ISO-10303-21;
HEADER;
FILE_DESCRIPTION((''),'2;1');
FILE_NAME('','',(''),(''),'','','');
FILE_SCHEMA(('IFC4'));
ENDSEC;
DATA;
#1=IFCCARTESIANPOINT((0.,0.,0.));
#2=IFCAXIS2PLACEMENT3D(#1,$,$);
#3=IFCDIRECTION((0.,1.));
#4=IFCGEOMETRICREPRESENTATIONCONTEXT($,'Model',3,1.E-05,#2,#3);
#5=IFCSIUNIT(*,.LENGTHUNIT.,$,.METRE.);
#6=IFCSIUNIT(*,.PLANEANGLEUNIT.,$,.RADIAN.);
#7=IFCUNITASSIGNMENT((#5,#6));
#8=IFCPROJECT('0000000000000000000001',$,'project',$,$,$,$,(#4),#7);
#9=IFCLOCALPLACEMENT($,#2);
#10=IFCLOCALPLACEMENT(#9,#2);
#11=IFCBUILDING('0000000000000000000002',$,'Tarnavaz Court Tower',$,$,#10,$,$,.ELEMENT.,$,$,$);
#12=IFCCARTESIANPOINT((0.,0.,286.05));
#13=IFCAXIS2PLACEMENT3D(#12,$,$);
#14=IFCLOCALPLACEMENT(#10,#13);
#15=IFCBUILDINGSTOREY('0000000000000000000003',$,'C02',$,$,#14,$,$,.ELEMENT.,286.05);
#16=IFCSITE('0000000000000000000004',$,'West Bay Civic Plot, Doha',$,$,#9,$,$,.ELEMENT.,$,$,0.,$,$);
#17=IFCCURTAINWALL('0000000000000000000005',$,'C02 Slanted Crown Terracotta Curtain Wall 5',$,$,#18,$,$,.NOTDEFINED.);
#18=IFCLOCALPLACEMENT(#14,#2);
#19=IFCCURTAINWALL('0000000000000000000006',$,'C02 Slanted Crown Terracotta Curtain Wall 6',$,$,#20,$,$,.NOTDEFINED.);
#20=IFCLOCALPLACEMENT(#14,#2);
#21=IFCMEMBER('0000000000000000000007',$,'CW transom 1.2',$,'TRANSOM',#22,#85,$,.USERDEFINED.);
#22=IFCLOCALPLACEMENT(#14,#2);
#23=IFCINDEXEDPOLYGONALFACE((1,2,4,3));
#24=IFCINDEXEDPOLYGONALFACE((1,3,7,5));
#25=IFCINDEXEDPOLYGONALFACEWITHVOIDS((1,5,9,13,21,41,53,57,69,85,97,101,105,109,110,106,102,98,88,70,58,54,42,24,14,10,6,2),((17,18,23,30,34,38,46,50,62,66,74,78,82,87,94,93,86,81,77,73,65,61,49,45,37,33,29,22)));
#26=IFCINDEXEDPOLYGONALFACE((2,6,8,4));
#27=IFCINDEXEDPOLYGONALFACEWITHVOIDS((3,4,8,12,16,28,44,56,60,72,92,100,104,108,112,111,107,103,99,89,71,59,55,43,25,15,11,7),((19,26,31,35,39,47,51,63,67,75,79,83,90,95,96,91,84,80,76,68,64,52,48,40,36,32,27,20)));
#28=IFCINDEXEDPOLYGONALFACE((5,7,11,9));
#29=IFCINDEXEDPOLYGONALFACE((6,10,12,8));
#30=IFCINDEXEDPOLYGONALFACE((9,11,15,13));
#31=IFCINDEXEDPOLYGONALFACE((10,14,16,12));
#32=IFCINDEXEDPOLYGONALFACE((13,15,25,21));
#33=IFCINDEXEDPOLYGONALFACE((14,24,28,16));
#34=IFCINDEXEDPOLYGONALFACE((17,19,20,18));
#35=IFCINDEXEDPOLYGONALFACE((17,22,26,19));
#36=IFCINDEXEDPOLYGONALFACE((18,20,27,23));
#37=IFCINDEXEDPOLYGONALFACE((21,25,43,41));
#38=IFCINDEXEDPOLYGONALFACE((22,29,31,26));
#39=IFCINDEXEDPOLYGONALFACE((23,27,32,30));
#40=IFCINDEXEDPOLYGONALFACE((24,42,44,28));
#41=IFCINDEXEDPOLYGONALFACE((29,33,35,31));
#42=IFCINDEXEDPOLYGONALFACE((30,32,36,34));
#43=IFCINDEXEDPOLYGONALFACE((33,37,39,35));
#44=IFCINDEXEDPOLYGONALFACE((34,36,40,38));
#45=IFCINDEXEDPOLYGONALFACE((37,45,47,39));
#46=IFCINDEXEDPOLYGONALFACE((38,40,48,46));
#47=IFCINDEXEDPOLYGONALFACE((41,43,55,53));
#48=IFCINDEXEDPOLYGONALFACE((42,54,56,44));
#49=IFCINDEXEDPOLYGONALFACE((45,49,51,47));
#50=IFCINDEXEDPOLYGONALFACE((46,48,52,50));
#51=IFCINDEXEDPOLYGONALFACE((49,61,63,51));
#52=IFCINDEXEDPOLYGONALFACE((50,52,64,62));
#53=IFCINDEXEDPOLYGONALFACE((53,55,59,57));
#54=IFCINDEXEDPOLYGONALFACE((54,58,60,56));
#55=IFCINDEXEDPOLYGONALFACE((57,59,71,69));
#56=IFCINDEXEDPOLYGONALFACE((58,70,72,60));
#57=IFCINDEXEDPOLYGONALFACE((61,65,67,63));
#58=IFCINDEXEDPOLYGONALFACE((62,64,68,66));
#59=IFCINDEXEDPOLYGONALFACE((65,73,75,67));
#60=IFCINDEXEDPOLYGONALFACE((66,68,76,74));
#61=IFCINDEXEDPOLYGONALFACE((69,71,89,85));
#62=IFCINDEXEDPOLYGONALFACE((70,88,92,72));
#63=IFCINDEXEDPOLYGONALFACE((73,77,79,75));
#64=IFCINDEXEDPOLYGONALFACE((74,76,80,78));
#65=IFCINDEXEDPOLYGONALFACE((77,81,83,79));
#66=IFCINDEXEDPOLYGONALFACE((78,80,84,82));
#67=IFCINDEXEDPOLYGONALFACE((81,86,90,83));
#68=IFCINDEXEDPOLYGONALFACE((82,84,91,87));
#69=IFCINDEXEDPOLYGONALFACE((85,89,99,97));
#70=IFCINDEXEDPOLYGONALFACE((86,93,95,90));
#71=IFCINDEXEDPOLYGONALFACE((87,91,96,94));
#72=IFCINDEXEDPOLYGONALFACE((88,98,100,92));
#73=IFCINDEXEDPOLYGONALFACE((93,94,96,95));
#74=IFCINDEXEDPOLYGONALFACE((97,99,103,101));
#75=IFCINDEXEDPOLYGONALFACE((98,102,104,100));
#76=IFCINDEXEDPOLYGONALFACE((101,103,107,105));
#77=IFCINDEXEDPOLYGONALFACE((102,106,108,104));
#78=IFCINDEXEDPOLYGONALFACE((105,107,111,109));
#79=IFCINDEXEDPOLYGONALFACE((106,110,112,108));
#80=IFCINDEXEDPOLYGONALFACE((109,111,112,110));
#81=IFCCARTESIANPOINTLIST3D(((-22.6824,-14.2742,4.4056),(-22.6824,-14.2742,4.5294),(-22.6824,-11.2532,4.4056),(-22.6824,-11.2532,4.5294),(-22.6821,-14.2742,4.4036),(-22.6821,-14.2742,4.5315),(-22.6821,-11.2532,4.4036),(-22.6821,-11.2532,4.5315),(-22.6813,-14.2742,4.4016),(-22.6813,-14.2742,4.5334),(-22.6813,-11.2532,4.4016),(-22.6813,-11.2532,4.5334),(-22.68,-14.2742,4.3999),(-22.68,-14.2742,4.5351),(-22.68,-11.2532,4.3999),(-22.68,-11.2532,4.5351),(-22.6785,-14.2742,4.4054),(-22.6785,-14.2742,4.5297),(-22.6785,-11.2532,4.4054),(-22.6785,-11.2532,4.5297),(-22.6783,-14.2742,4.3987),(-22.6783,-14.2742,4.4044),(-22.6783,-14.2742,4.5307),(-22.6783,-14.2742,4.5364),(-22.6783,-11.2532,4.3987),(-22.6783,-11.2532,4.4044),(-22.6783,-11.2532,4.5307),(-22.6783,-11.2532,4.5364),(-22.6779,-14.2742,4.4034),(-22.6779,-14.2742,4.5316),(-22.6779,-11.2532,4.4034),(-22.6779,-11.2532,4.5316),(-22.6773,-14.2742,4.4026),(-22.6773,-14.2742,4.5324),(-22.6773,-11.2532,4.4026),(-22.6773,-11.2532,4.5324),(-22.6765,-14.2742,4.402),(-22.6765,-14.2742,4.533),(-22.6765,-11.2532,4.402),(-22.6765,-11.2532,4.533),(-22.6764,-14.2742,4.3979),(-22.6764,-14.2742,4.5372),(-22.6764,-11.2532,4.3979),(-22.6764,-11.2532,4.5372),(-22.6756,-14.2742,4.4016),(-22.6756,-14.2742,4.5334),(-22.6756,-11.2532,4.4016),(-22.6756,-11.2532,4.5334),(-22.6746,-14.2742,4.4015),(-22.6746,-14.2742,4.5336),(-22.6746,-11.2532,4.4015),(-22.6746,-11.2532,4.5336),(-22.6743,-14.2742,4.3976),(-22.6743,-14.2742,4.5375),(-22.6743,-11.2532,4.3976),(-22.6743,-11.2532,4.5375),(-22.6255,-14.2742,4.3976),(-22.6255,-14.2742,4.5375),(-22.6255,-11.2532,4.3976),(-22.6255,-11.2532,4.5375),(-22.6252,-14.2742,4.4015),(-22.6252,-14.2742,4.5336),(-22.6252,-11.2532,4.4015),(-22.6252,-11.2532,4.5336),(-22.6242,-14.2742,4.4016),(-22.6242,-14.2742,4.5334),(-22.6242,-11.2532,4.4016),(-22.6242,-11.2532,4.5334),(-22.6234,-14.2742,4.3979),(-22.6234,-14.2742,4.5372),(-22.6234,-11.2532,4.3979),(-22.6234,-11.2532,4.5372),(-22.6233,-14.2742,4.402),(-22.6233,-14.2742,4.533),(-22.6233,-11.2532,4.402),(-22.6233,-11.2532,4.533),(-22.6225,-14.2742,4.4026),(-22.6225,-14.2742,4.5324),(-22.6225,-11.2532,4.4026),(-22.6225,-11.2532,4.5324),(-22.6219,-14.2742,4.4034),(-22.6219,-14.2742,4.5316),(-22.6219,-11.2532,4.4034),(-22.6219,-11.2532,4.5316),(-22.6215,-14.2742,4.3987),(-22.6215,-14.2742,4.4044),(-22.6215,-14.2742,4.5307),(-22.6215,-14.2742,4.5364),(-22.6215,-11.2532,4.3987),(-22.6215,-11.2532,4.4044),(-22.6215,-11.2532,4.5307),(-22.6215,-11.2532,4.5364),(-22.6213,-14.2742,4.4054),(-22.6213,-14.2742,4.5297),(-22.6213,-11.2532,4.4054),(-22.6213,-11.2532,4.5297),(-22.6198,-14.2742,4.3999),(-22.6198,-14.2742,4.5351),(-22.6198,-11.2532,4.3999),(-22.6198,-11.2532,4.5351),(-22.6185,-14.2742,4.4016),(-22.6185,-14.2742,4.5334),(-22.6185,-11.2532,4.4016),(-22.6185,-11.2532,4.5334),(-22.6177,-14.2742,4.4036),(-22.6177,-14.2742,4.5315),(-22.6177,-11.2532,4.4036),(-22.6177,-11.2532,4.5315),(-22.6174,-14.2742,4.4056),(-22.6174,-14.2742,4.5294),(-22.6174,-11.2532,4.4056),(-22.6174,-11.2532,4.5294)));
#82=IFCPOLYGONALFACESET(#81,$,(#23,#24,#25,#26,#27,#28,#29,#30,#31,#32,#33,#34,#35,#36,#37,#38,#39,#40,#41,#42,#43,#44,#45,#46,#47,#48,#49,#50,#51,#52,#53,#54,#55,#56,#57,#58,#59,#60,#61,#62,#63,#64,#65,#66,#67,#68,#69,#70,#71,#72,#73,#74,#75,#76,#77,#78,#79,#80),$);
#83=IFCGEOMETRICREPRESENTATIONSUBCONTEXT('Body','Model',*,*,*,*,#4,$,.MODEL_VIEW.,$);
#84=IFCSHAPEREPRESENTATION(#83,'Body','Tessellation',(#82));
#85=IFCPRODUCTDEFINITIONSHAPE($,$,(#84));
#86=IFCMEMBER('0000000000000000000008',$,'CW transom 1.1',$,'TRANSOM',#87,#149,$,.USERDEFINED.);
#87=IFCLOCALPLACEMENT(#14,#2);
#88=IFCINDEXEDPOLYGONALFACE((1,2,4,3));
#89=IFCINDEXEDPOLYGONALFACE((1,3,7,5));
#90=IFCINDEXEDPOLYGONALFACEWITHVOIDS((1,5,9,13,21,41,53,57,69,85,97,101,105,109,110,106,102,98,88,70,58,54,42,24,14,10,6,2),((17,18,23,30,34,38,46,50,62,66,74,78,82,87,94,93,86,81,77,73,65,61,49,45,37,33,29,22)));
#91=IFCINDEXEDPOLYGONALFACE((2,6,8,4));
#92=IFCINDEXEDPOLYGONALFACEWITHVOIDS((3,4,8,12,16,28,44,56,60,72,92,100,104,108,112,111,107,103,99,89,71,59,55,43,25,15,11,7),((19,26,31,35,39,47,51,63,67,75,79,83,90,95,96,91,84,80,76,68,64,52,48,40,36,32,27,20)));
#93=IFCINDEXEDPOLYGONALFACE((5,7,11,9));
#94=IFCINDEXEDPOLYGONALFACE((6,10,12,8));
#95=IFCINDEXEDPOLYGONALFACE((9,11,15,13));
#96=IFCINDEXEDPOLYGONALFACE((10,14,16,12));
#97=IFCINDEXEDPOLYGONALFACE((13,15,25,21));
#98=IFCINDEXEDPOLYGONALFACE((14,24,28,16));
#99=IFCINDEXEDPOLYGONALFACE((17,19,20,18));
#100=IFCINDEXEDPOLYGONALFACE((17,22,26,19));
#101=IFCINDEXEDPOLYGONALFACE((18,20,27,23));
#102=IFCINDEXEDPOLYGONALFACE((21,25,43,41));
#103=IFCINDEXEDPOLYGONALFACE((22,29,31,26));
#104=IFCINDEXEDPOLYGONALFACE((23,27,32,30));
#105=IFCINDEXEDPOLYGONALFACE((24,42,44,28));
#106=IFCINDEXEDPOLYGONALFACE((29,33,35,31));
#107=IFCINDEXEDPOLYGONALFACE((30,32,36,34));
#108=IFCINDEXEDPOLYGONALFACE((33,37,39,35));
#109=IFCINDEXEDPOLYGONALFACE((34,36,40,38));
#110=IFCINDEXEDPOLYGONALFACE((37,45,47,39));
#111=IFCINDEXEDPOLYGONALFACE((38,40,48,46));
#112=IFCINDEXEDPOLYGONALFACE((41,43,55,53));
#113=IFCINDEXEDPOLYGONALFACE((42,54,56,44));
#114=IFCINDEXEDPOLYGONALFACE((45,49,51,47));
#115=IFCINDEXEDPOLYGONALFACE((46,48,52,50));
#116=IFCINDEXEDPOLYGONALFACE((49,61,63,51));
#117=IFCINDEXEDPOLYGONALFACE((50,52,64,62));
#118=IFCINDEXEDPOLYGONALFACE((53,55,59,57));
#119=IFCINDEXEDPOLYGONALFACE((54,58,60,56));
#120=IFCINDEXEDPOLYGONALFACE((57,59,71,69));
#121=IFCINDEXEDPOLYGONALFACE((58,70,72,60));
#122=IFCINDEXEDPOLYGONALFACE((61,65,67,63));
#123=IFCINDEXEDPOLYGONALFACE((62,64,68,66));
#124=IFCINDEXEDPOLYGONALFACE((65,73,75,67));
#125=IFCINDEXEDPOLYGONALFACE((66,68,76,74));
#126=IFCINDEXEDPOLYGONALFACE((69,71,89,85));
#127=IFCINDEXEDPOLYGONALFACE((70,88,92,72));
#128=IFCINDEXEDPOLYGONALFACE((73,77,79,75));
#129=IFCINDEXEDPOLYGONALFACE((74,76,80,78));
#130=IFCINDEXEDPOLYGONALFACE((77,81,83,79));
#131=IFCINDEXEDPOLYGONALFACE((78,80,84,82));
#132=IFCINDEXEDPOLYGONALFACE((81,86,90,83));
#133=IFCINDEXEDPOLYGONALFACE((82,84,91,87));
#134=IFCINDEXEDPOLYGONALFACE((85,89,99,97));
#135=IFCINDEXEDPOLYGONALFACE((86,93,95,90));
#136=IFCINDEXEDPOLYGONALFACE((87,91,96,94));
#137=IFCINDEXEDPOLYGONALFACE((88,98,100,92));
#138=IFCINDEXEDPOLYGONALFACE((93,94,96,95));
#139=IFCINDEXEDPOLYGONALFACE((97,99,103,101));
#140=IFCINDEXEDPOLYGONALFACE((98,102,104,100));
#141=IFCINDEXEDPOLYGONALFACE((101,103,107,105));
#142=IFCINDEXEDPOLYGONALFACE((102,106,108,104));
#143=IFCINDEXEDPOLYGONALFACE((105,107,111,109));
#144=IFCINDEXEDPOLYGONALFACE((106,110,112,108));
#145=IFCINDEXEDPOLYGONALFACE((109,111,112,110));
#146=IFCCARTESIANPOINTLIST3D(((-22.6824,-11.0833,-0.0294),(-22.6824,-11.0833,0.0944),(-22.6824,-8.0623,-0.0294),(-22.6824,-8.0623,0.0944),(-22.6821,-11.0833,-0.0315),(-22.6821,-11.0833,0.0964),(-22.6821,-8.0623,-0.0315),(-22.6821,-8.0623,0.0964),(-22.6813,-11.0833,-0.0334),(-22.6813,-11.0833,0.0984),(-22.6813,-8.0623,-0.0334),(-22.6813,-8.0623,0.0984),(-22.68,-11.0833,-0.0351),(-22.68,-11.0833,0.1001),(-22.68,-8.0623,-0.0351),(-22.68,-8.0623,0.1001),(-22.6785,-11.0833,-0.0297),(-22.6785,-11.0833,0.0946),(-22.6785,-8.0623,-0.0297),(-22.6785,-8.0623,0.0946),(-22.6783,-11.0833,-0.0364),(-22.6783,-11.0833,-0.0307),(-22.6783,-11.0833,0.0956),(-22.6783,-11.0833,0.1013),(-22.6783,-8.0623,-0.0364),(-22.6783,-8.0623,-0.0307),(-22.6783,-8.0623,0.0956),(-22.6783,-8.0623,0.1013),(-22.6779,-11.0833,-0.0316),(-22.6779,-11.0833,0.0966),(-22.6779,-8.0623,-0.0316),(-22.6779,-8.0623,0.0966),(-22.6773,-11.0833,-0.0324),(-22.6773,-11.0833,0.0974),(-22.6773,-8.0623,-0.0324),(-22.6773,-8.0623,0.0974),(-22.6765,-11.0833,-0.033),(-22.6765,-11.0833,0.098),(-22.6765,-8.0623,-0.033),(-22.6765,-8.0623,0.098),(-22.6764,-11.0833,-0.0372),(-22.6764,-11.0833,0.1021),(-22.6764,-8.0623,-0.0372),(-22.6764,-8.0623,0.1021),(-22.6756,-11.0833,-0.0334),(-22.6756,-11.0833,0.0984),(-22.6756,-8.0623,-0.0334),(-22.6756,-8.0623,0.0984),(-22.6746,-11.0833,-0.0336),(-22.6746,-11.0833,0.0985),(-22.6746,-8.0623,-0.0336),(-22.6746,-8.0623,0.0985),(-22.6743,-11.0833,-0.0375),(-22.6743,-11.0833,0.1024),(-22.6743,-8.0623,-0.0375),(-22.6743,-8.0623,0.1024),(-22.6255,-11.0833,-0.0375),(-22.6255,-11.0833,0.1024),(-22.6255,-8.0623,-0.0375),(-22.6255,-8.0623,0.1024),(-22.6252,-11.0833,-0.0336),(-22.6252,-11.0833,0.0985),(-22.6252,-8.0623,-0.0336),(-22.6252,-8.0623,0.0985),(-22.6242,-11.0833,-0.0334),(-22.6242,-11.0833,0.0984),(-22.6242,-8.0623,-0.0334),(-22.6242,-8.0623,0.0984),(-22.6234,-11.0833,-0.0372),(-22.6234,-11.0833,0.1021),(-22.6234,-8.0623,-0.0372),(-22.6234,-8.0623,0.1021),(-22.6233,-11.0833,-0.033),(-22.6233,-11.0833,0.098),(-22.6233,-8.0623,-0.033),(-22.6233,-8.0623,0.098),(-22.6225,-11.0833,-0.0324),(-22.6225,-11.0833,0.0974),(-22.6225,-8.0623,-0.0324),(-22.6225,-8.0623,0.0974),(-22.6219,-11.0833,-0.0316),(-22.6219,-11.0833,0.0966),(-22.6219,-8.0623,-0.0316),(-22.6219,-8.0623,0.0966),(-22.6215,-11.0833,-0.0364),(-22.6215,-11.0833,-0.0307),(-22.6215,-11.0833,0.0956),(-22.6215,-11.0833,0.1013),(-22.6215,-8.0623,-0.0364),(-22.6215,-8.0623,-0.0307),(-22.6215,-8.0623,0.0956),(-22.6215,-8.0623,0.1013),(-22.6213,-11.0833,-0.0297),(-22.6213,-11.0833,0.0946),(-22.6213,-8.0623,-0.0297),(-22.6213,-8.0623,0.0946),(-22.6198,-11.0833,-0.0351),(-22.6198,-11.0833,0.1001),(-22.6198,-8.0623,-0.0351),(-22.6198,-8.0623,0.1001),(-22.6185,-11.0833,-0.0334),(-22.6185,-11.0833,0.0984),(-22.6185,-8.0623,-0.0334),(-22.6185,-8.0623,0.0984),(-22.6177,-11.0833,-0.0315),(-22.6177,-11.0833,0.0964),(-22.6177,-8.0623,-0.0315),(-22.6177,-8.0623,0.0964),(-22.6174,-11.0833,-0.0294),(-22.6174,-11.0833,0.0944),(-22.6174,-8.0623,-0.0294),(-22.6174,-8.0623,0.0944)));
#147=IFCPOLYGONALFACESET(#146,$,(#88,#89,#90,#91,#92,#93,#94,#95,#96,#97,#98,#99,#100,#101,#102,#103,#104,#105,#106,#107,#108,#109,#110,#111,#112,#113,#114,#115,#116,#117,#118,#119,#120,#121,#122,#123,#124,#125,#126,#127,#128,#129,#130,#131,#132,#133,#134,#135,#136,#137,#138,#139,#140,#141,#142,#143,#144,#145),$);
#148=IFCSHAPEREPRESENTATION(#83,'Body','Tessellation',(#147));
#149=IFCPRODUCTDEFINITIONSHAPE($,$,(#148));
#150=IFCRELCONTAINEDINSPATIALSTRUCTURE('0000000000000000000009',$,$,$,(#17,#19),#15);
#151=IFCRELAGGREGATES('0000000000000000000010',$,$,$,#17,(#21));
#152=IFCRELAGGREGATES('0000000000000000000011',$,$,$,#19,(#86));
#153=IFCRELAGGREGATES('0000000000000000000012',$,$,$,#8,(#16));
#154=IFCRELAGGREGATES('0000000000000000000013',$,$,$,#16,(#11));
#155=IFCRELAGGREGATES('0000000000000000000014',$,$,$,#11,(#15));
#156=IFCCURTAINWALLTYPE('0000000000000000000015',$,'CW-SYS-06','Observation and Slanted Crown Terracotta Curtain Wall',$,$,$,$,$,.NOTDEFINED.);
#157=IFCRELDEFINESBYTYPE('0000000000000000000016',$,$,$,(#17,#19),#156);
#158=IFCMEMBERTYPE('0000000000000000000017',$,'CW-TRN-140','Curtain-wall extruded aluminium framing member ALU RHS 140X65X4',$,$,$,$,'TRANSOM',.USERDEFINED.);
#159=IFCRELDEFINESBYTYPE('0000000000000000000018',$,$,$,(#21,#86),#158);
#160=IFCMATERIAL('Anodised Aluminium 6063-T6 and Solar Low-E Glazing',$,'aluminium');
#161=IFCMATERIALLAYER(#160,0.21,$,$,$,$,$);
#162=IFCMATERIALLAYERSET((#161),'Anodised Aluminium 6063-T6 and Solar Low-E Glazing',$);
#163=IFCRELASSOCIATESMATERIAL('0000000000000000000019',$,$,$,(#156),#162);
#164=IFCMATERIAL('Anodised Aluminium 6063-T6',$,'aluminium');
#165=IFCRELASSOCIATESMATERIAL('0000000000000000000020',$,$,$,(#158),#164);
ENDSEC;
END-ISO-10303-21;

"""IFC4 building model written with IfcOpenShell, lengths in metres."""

from ifc_helpers import new_model, si_unit, direction, frame, origin, origin_2d, place, context, subcontext, project, spatial, hollow_rectangle, extrude, material, layer, layer_set, material_profile, profile_set, type_object, element, aggregate, save


model = new_model("IFC4")

# Units and contexts
model_context = context("Model", 3, precision=1e-05, world=origin(), true_north=direction((0.0, 1.0)))
body_context = subcontext(model_context, "Body", "Model", "MODEL_VIEW")
ifc_project = project(units=[si_unit("LENGTHUNIT", "METRE"), si_unit("PLANEANGLEUNIT", "RADIAN")], contexts=[model_context])

# Site, building, storey
site_placement = place(None, origin())
site = spatial("IfcSite", under=ifc_project, at=site_placement, Name="West Bay Civic Plot, Doha", CompositionType="ELEMENT", RefElevation=0.0)
building_placement = place(site_placement, origin())
building = spatial("IfcBuilding", under=site, at=building_placement, Name="Tarnavaz Court Tower", CompositionType="ELEMENT")
storey_placement = place(building_placement, frame((0.0, 0.0, 286.05)))
storey = spatial("IfcBuildingStorey", under=building, at=storey_placement, Name="C02", CompositionType="ELEMENT", Elevation=286.05)

# Curtain walls
ifc_material_1 = material(Name="Anodised Aluminium 6063-T6 and Solar Low-E Glazing", Category="aluminium")
ifc_layer_1 = layer(ifc_material_1, 0.21)
ifc_layer_set_1 = layer_set([ifc_layer_1], Name="Anodised Aluminium 6063-T6 and Solar Low-E Glazing")
curtain_wall_type = type_object("IfcCurtainWallType", Name="CW-SYS-06", Description="Observation and Slanted Crown Terracotta Curtain Wall", PredefinedType="NOTDEFINED", material=ifc_layer_set_1)
curtain_wall_1_placement = place(storey_placement, origin())
curtain_wall_1 = element("IfcCurtainWall", 1, at=curtain_wall_1_placement, inside=storey, type_object=curtain_wall_type, Name="C02 Slanted Crown Terracotta Curtain Wall 5", PredefinedType="NOTDEFINED")
ifc_material_2 = material(Name="Anodised Aluminium 6063-T6", Category="aluminium")
curtain_wall_2_placement = place(storey_placement, origin())
curtain_wall_2 = element("IfcCurtainWall", 2, at=curtain_wall_2_placement, inside=storey, type_object=curtain_wall_type, Name="C02 Slanted Crown Terracotta Curtain Wall 6", PredefinedType="NOTDEFINED")

# Members
ifc_material_profile_1 = material_profile(ifc_material_2, hollow_rectangle(XDim=0.0649, YDim=0.1399, WallThickness=0.0039, InnerFilletRadius=0.0039, OuterFilletRadius=0.0081, at=origin_2d()), Name="ALU RHS 140X65X4")
ifc_profile_set_1 = profile_set([ifc_material_profile_1], Name="Anodised Aluminium 6063-T6")
member_type_1 = type_object("IfcMemberType", Name="CW-TRN-140", Description="Curtain-wall extruded aluminium framing member ALU RHS 140X65X4", ElementType="TRANSOM", PredefinedType="USERDEFINED", material=ifc_profile_set_1)
member_1_placement = place(storey_placement, frame((-22.6499, -14.2742, 4.4675), z_axis=(0.0, 1.0, 0.0), x_axis=(-1.0, 0.0, 0.0)))
member_1 = element("IfcMember", 3, at=member_1_placement, type_object=member_type_1, Name="CW transom 1.2", ObjectType="TRANSOM", PredefinedType="USERDEFINED", context=body_context, shape_type="SweptSolid", body=[
    extrude(hollow_rectangle(XDim=0.0649, YDim=0.1399, WallThickness=0.0039, InnerFilletRadius=0.0039, OuterFilletRadius=0.0081, at=origin_2d()), origin(), (0.0, 0.0, 1.0), 3.021),
])
member_2_placement = place(storey_placement, frame((-22.6499, -11.0833, 0.0325), z_axis=(0.0, 1.0, 0.0), x_axis=(-1.0, 0.0, 0.0)))
member_2 = element("IfcMember", 4, at=member_2_placement, type_object=member_type_1, Name="CW transom 1.1", ObjectType="TRANSOM", PredefinedType="USERDEFINED", context=body_context, shape_type="SweptSolid", body=[
    extrude(hollow_rectangle(XDim=0.0649, YDim=0.1399, WallThickness=0.0039, InnerFilletRadius=0.0039, OuterFilletRadius=0.0081, at=origin_2d()), origin(), (0.0, 0.0, 1.0), 3.021),
])

aggregate(curtain_wall_1, [member_1])
aggregate(curtain_wall_2, [member_2])

save(model, "model.ifc")
